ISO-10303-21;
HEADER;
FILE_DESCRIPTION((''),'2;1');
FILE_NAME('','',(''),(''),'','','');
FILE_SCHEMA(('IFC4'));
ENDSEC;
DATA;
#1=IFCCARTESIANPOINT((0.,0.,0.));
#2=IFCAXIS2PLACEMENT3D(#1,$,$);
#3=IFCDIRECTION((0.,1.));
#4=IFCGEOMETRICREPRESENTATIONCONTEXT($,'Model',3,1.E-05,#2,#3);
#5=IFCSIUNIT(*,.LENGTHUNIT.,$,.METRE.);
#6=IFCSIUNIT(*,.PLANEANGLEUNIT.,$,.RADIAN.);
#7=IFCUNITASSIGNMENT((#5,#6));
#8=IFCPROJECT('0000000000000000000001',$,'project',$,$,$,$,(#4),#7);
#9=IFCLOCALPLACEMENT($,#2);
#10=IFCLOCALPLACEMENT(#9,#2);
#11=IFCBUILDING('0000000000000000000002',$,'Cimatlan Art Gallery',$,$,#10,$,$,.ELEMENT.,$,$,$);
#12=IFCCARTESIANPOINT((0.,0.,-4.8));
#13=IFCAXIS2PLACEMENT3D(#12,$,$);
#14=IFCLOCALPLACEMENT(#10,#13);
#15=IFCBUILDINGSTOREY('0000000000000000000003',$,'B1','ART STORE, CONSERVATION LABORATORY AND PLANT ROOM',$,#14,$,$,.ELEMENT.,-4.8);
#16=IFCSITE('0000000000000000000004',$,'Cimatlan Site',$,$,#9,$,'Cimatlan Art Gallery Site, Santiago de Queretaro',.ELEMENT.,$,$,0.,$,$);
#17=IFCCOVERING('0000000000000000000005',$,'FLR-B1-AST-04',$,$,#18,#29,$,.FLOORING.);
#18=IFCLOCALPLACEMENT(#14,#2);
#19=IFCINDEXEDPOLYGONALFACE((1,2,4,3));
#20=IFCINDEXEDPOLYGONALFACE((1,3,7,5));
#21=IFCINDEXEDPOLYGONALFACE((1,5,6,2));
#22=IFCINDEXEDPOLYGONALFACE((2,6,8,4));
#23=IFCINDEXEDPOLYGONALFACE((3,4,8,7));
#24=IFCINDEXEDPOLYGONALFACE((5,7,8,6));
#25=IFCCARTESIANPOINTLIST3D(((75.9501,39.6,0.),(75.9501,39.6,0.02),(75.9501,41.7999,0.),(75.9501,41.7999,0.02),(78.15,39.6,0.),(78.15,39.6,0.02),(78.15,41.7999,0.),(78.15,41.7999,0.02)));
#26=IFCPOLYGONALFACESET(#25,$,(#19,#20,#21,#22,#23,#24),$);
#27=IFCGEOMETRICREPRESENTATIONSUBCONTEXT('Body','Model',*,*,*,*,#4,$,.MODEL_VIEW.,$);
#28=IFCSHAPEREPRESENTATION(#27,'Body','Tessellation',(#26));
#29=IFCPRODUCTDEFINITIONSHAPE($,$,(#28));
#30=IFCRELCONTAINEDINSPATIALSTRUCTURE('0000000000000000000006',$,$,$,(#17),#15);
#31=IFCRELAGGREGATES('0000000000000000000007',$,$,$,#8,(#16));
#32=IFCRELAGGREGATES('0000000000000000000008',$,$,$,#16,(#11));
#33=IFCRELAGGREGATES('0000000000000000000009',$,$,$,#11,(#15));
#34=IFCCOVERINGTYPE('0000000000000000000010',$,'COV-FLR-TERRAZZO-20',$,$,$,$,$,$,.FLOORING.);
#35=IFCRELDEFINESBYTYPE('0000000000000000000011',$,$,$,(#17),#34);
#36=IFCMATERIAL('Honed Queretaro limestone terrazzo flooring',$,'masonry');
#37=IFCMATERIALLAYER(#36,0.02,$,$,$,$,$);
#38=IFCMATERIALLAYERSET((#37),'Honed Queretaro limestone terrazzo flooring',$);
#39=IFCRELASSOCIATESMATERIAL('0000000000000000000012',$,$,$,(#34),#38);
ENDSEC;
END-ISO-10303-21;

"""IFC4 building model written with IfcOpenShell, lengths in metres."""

from ifc_helpers import new_model, si_unit, direction, frame, origin, origin_2d, place, context, subcontext, project, spatial, rectangle, extrude, material, layer, layer_set, type_object, element, save


model = new_model("IFC4")

# Units and contexts
model_context = context("Model", 3, precision=1e-05, world=origin(), true_north=direction((0.0, 1.0)))
body_context = subcontext(model_context, "Body", "Model", "MODEL_VIEW")
ifc_project = project(units=[si_unit("LENGTHUNIT", "METRE"), si_unit("PLANEANGLEUNIT", "RADIAN")], contexts=[model_context])

# Site, building, storey
site_placement = place(None, origin())
site = spatial("IfcSite", under=ifc_project, at=site_placement, Name="Cimatlan Site", LongName="Cimatlan Art Gallery Site, Santiago de Queretaro", CompositionType="ELEMENT", RefElevation=0.0)
building_placement = place(site_placement, origin())
building = spatial("IfcBuilding", under=site, at=building_placement, Name="Cimatlan Art Gallery", CompositionType="ELEMENT")
storey_placement = place(building_placement, frame((0.0, 0.0, -4.8)))
storey = spatial("IfcBuildingStorey", under=building, at=storey_placement, Name="B1", Description="ART STORE, CONSERVATION LABORATORY AND PLANT ROOM", CompositionType="ELEMENT", Elevation=-4.8)

# Covering
ifc_material_1 = material(Name="Honed Queretaro limestone terrazzo flooring", Category="masonry")
ifc_layer_1 = layer(ifc_material_1, 0.02)
ifc_layer_set_1 = layer_set([ifc_layer_1], Name="Honed Queretaro limestone terrazzo flooring")
covering_type = type_object("IfcCoveringType", Name="COV-FLR-TERRAZZO-20", PredefinedType="FLOORING", material=ifc_layer_set_1)
for number, where, z_axis, x_axis, name in (
    (1, (77.05, 40.7, 0.0), (0.0, 0.0, 1.0), (1.0, 0.0, 0.0), "FLR-B1-AST-04"),
):
    element("IfcCovering", number, at=place(storey_placement, frame(where, z_axis=z_axis, x_axis=x_axis)), inside=storey, type_object=covering_type, Name=name, PredefinedType="FLOORING", context=body_context, shape_type="SweptSolid", body=[
        extrude(rectangle(XDim=2.2, YDim=2.2, at=origin_2d()), origin(), (0.0, 0.0, 1.0), 0.02),
    ])

save(model, "model.ifc")
